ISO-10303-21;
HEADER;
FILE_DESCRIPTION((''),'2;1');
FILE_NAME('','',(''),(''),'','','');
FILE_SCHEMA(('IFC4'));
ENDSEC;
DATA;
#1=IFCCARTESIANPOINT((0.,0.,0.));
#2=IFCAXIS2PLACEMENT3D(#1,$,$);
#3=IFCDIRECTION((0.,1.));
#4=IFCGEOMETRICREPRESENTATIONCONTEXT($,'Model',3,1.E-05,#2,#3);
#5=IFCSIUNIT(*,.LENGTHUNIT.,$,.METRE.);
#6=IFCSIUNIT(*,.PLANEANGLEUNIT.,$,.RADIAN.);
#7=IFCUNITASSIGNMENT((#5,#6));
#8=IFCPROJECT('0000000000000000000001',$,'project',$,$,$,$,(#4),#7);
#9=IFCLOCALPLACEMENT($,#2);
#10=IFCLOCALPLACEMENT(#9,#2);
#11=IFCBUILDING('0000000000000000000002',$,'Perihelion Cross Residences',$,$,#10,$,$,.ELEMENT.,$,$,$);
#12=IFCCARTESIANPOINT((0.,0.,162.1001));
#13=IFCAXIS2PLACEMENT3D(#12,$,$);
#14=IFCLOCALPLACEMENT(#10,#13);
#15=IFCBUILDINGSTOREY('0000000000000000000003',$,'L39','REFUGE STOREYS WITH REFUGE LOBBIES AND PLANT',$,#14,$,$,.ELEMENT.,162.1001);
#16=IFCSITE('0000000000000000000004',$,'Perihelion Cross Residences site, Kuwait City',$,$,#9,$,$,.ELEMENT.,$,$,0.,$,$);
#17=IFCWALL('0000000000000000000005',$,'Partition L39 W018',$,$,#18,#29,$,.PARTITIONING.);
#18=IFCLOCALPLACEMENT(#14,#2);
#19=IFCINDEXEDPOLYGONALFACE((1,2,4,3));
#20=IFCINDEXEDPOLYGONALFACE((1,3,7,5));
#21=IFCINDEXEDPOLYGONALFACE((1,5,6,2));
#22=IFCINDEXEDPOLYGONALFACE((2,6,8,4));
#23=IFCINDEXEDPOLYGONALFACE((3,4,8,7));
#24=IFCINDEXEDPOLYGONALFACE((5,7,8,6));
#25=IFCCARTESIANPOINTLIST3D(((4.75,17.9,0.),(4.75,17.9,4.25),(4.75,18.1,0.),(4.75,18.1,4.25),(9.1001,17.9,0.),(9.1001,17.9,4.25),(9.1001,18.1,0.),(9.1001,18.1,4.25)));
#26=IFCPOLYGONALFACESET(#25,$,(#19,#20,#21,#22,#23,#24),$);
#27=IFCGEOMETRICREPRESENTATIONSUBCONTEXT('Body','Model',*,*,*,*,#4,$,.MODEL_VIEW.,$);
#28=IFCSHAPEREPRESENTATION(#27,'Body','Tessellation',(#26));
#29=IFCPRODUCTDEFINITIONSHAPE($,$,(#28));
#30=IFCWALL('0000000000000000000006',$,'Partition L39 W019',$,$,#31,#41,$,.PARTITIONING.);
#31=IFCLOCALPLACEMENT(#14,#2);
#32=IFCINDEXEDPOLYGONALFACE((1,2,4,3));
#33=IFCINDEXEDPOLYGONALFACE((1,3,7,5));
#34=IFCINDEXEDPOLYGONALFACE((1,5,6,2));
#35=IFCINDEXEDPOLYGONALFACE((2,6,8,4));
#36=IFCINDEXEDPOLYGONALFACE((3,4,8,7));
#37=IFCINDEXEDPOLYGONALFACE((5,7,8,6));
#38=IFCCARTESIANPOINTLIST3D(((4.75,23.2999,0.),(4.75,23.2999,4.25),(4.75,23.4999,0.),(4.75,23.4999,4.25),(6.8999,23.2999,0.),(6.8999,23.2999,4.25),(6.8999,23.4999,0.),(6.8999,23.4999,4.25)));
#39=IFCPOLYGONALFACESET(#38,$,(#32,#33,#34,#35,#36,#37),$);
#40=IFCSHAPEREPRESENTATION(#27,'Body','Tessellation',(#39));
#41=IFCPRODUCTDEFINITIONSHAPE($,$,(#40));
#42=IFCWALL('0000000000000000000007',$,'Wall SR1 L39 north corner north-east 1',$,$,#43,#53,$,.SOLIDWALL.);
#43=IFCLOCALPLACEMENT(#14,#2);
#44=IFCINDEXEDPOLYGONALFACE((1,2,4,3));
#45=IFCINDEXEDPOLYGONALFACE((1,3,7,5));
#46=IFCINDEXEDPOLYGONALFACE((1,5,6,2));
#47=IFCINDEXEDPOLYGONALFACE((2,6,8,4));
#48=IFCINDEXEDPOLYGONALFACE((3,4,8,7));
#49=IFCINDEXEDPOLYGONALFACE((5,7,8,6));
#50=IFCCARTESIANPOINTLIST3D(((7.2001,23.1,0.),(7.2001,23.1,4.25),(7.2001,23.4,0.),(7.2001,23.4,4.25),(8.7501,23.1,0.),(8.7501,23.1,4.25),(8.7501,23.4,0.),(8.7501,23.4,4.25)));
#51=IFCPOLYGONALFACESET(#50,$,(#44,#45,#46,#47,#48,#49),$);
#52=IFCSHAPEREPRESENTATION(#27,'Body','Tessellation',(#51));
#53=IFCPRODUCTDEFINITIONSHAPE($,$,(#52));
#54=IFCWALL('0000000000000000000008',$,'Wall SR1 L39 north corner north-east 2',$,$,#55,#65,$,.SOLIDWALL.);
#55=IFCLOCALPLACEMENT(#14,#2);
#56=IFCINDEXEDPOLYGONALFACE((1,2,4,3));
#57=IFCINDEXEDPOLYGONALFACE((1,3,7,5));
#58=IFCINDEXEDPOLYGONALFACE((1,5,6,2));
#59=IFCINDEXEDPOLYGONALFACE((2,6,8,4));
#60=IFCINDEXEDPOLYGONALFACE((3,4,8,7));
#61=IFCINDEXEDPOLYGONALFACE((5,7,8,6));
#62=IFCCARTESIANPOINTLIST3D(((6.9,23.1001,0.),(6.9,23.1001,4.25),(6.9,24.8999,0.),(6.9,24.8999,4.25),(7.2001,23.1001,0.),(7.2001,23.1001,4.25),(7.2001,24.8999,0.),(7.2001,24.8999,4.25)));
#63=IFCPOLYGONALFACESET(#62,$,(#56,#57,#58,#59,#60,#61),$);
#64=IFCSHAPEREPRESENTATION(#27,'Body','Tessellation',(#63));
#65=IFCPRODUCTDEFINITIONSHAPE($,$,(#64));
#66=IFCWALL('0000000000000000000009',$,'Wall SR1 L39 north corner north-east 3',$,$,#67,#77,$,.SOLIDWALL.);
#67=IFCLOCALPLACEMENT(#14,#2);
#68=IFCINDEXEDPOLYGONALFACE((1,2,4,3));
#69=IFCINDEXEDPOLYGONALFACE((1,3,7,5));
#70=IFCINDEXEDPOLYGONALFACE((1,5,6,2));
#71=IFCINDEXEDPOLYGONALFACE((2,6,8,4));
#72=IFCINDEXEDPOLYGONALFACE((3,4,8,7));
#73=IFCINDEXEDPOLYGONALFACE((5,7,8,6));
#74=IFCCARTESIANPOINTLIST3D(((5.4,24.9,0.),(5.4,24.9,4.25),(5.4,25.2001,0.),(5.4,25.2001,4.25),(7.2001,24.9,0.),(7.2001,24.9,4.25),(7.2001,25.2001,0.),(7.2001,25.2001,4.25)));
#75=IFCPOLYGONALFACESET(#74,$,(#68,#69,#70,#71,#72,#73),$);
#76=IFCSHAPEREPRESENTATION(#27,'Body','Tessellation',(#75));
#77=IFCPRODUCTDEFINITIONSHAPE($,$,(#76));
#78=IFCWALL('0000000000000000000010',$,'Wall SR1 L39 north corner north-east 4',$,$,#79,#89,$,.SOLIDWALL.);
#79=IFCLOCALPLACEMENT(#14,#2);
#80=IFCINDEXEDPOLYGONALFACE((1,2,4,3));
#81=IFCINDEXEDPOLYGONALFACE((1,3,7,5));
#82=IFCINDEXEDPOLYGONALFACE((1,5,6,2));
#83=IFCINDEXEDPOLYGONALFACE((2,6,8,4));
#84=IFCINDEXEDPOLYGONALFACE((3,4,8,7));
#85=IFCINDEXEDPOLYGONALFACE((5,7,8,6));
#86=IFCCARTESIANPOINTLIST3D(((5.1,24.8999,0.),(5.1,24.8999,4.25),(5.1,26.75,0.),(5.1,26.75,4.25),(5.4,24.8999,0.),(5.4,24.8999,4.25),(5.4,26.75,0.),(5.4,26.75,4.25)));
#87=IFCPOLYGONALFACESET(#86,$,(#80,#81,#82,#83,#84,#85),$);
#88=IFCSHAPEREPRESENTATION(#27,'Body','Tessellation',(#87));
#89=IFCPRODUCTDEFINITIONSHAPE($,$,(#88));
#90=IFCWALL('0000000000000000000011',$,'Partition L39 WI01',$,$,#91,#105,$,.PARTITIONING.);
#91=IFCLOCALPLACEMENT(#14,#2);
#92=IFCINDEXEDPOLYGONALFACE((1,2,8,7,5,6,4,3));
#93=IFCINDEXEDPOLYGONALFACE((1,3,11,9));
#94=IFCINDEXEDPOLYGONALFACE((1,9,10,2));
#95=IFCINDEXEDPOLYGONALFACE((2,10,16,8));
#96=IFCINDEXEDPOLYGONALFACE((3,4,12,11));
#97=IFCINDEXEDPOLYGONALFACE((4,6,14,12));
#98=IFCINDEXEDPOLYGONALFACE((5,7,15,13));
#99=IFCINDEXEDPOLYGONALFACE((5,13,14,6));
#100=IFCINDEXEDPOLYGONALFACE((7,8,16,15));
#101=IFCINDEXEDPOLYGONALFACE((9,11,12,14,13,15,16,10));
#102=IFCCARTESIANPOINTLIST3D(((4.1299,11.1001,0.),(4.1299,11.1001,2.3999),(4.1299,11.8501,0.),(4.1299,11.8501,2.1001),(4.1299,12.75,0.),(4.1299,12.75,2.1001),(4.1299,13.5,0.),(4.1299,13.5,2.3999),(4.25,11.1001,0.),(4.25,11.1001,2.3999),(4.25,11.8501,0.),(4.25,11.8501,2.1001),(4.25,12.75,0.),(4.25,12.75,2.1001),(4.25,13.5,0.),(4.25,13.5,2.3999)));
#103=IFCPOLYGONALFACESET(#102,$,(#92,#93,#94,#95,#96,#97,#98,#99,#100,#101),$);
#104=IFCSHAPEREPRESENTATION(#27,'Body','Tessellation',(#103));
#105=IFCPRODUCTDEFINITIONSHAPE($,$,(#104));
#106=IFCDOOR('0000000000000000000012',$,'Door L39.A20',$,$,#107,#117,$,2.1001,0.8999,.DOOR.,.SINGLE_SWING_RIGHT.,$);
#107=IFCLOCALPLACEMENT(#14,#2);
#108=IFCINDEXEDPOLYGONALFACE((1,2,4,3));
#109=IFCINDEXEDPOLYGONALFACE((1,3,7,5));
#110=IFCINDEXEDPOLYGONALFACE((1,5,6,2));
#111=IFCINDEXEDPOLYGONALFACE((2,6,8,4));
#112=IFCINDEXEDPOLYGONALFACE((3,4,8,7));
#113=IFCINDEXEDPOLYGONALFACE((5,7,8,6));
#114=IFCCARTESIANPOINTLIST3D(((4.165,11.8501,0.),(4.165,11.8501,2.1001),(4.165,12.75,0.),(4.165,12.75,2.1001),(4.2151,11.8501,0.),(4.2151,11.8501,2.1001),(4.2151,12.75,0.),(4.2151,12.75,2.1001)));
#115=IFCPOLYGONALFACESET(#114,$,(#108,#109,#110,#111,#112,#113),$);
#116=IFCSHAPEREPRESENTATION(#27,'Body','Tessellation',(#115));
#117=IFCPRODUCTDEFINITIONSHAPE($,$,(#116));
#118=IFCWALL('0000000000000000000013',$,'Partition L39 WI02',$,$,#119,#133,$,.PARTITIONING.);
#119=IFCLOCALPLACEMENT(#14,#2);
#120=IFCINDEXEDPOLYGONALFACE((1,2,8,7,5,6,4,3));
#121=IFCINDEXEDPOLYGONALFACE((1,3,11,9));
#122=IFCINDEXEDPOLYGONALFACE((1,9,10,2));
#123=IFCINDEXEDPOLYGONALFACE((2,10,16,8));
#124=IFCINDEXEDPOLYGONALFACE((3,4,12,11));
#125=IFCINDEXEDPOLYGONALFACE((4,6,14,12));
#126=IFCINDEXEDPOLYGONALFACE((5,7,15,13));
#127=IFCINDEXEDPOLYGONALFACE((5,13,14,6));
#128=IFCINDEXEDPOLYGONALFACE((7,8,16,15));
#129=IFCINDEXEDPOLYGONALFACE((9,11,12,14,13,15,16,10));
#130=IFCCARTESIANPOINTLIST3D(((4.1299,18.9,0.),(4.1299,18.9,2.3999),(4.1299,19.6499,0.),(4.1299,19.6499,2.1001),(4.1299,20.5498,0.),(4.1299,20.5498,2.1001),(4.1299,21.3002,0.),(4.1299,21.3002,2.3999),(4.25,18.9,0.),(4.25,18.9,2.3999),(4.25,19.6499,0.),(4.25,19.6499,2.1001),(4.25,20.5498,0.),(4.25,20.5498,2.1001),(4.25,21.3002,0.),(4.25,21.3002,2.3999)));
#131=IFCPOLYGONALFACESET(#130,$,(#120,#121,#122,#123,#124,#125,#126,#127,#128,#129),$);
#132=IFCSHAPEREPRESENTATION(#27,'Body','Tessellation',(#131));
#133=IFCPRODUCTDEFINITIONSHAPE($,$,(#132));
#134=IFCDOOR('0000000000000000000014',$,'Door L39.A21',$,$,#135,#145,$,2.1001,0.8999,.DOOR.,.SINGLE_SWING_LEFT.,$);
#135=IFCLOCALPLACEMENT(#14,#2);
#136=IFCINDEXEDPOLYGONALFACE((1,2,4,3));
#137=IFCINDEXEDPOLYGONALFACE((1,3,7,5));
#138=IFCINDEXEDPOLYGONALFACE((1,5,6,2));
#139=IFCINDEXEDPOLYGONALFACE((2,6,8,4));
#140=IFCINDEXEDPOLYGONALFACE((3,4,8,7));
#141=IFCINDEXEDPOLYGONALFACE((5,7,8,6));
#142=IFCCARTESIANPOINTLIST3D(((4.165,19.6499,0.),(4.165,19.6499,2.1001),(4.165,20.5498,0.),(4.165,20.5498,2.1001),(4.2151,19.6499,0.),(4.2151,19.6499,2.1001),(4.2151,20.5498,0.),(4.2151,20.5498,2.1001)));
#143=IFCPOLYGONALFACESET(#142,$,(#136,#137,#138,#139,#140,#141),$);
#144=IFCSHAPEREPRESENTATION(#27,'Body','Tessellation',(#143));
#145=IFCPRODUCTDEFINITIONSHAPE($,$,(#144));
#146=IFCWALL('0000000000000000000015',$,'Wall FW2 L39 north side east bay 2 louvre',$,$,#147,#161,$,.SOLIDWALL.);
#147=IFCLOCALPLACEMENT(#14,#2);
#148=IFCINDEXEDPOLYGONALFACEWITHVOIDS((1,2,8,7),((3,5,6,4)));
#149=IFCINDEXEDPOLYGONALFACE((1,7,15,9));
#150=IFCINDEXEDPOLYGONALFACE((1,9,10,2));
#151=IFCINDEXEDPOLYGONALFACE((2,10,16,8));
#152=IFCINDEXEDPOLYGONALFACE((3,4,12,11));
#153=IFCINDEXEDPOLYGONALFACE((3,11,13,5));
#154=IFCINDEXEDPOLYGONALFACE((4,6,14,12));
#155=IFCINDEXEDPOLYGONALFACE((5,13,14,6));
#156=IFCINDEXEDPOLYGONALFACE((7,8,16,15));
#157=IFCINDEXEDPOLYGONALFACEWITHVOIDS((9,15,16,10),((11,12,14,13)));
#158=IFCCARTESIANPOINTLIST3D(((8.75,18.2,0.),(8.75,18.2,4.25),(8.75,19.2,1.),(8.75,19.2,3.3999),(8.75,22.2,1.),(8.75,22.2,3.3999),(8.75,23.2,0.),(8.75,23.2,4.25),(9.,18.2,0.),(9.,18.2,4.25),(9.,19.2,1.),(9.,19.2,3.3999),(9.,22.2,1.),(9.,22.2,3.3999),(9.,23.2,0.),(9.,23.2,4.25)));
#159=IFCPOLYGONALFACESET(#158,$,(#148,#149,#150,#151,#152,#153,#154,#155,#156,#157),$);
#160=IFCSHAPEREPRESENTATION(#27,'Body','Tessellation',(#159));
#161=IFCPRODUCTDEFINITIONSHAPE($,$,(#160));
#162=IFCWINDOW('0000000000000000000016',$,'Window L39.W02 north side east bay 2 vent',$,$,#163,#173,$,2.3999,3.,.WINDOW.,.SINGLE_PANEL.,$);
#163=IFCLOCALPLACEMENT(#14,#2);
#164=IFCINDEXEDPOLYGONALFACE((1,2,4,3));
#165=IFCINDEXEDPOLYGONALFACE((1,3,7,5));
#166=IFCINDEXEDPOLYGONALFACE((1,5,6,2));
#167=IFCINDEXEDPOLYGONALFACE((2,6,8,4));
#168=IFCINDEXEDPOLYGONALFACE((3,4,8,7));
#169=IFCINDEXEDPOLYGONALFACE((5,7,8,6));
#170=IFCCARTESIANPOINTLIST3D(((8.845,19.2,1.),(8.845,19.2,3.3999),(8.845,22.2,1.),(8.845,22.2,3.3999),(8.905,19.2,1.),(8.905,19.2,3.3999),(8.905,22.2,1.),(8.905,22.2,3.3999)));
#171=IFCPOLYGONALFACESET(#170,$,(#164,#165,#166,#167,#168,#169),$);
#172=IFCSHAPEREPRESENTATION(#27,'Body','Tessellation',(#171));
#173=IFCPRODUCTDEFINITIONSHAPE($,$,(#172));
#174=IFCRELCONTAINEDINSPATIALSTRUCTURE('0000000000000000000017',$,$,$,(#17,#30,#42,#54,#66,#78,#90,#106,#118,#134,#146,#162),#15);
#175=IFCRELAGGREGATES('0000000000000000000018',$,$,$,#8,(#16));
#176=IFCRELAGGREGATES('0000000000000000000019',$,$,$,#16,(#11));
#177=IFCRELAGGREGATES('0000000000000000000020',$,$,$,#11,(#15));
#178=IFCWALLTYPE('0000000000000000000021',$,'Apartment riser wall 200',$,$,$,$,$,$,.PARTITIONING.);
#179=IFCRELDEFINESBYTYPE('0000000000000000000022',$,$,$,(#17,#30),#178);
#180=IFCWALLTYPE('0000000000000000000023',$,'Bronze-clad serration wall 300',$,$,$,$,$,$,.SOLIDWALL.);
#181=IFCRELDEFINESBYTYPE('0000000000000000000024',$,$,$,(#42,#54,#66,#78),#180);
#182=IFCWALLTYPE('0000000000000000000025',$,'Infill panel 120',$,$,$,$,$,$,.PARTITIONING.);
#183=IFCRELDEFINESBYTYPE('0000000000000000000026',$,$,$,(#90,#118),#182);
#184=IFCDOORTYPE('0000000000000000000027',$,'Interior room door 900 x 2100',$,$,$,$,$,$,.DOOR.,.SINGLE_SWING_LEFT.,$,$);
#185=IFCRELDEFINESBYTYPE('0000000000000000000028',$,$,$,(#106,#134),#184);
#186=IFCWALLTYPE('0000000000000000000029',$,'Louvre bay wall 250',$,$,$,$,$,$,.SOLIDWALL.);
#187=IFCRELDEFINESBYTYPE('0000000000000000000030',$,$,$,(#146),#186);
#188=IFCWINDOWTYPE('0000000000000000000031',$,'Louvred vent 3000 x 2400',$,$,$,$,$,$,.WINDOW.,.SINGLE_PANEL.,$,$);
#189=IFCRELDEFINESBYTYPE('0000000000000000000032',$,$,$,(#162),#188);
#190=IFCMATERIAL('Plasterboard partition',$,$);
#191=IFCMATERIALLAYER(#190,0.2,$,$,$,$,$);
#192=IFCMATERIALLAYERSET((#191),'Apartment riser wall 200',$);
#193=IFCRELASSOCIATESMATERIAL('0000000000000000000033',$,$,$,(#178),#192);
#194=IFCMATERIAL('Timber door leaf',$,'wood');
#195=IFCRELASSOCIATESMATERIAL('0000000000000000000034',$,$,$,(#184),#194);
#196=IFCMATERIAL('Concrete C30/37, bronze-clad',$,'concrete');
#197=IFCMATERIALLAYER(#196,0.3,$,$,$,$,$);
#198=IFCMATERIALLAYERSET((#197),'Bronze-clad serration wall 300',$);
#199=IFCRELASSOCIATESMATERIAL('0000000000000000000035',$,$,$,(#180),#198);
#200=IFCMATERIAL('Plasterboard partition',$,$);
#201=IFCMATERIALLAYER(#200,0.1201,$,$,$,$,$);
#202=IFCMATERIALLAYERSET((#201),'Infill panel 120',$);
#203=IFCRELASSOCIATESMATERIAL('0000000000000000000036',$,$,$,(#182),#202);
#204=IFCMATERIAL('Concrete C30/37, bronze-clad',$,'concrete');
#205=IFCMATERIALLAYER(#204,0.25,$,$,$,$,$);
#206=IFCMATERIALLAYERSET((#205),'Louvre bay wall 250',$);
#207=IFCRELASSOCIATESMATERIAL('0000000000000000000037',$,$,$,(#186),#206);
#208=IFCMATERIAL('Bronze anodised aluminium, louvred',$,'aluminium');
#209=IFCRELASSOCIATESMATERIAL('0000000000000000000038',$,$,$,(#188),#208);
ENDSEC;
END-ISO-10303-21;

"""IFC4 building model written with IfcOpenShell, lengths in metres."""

from ifc_helpers import new_model, si_unit, direction, frame, frame_2d, origin, place, context, subcontext, project, spatial, rectangle, extrude, material, layer, layer_set, type_object, element, fill, save


model = new_model("IFC4")

# Units and contexts
model_context = context("Model", 3, precision=1e-05, world=origin(), true_north=direction((0.0, 1.0)))
body_context = subcontext(model_context, "Body", "Model", "MODEL_VIEW")
ifc_project = project(units=[si_unit("LENGTHUNIT", "METRE"), si_unit("PLANEANGLEUNIT", "RADIAN")], contexts=[model_context])

# Site, building, storey
site_placement = place(None, origin())
site = spatial("IfcSite", under=ifc_project, at=site_placement, Name="Perihelion Cross Residences site, Kuwait City", CompositionType="ELEMENT", RefElevation=0.0)
building_placement = place(site_placement, origin())
building = spatial("IfcBuilding", under=site, at=building_placement, Name="Perihelion Cross Residences", CompositionType="ELEMENT")
storey_placement = place(building_placement, frame((0.0, 0.0, 162.1001)))
storey = spatial("IfcBuildingStorey", under=building, at=storey_placement, Name="L39", Description="REFUGE STOREYS WITH REFUGE LOBBIES AND PLANT", CompositionType="ELEMENT", Elevation=162.1001)

# Shared definitions
ifc_material_1 = material(Name="Plasterboard partition")
ifc_layer_1 = layer(ifc_material_1, 0.2)
ifc_layer_set_1 = layer_set([ifc_layer_1], Name="Apartment riser wall 200")
wall_type_1 = type_object("IfcWallType", Name="Apartment riser wall 200", PredefinedType="PARTITIONING", material=ifc_layer_set_1)
ifc_material_2 = material(Name="Timber door leaf", Category="wood")
door_type_1 = type_object("IfcDoorType", Name="Interior room door 900 x 2100", OperationType="SINGLE_SWING_LEFT", PredefinedType="DOOR", material=ifc_material_2)

# Walls
wall_1_placement = place(storey_placement, frame((4.75, 18.0, 0.0), z_axis=(0.0, 0.0, 1.0), x_axis=(1.0, 0.0, 0.0)))
element("IfcWall", 1, at=wall_1_placement, inside=storey, type_object=wall_type_1, Name="Partition L39 W018", PredefinedType="PARTITIONING", context=body_context, shape_type="SweptSolid", body=[
    extrude(rectangle(XDim=4.3501, YDim=0.2, at=frame_2d((2.175, 0.0))), origin(), (0.0, 0.0, 1.0), 4.25),
])
wall_2_placement = place(storey_placement, frame((4.75, 23.3999, 0.0), z_axis=(0.0, 0.0, 1.0), x_axis=(1.0, 0.0, 0.0)))
element("IfcWall", 2, at=wall_2_placement, inside=storey, type_object=wall_type_1, Name="Partition L39 W019", PredefinedType="PARTITIONING", context=body_context, shape_type="SweptSolid", body=[
    extrude(rectangle(XDim=2.1499, YDim=0.2, at=frame_2d((1.075, 0.0))), origin(), (0.0, 0.0, 1.0), 4.25),
])
ifc_material_3 = material(Name="Concrete C30/37, bronze-clad", Category="concrete")
ifc_layer_2 = layer(ifc_material_3, 0.3)
ifc_layer_set_2 = layer_set([ifc_layer_2], Name="Bronze-clad serration wall 300")
wall_type_2 = type_object("IfcWallType", Name="Bronze-clad serration wall 300", PredefinedType="SOLIDWALL", material=ifc_layer_set_2)
wall_3_placement = place(storey_placement, frame((8.75, 23.25, 0.0), z_axis=(0.0, 0.0, 1.0), x_axis=(-1.0, 0.0, 0.0)))
element("IfcWall", 3, at=wall_3_placement, inside=storey, type_object=wall_type_2, Name="Wall SR1 L39 north corner north-east 1", PredefinedType="SOLIDWALL", context=body_context, shape_type="SweptSolid", body=[
    extrude(rectangle(XDim=1.55, YDim=0.3, at=frame_2d((0.7749, 0.0))), origin(), (0.0, 0.0, 1.0), 4.25),
])
wall_4_placement = place(storey_placement, frame((7.05, 23.1001, 0.0), z_axis=(0.0, 0.0, 1.0), x_axis=(0.0, 1.0, 0.0)))
element("IfcWall", 4, at=wall_4_placement, inside=storey, type_object=wall_type_2, Name="Wall SR1 L39 north corner north-east 2", PredefinedType="SOLIDWALL", context=body_context, shape_type="SweptSolid", body=[
    extrude(rectangle(XDim=1.7998, YDim=0.3, at=frame_2d((0.8999, 0.0))), origin(), (0.0, 0.0, 1.0), 4.25),
])
wall_5_placement = place(storey_placement, frame((7.2, 25.05, 0.0), z_axis=(0.0, 0.0, 1.0), x_axis=(-1.0, 0.0, 0.0)))
element("IfcWall", 5, at=wall_5_placement, inside=storey, type_object=wall_type_2, Name="Wall SR1 L39 north corner north-east 3", PredefinedType="SOLIDWALL", context=body_context, shape_type="SweptSolid", body=[
    extrude(rectangle(XDim=1.8, YDim=0.3, at=frame_2d((0.8999, 0.0))), origin(), (0.0, 0.0, 1.0), 4.25),
])
wall_6_placement = place(storey_placement, frame((5.25, 24.8999, 0.0), z_axis=(0.0, 0.0, 1.0), x_axis=(0.0, 1.0, 0.0)))
element("IfcWall", 6, at=wall_6_placement, inside=storey, type_object=wall_type_2, Name="Wall SR1 L39 north corner north-east 4", PredefinedType="SOLIDWALL", context=body_context, shape_type="SweptSolid", body=[
    extrude(rectangle(XDim=1.8501, YDim=0.3, at=frame_2d((0.925, 0.0))), origin(), (0.0, 0.0, 1.0), 4.25),
])

# Walls, openings, doors
ifc_material_4 = material(Name="Plasterboard partition")
ifc_layer_3 = layer(ifc_material_4, 0.1201)
ifc_layer_set_3 = layer_set([ifc_layer_3], Name="Infill panel 120")
wall_type_3 = type_object("IfcWallType", Name="Infill panel 120", PredefinedType="PARTITIONING", material=ifc_layer_set_3)
wall_7_placement = place(storey_placement, frame((4.1899, 11.1001, 0.0), z_axis=(0.0, 0.0, 1.0), x_axis=(0.0, 1.0, 0.0)))
wall_7 = element("IfcWall", 7, at=wall_7_placement, inside=storey, type_object=wall_type_3, Name="Partition L39 WI01", PredefinedType="PARTITIONING", context=body_context, shape_type="SweptSolid", body=[
    extrude(rectangle(XDim=2.3999, YDim=0.1201, at=frame_2d((1.2, 0.0))), origin(), (0.0, 0.0, 1.0), 2.3999),
])
opening_1_placement = place(wall_7_placement, frame((0.75, 0.0, 0.0)))
opening_1 = element("IfcOpeningElement", 8, at=opening_1_placement, cuts=wall_7, PredefinedType="OPENING", context=body_context, shape_type="SweptSolid", body=[
    extrude(rectangle(XDim=0.8999, YDim=2.1001, at=frame_2d((0.45, 1.05))), frame((0.0, 0.0701, 0.0), z_axis=(0.0, -1.0, 0.0), x_axis=(1.0, 0.0, 0.0)), (0.0, 0.0, 1.0), 0.1401),
])
door_1_placement = place(opening_1_placement, origin())
door_1 = element("IfcDoor", 9, at=door_1_placement, inside=storey, type_object=door_type_1, Name="Door L39.A20", OperationType="SINGLE_SWING_RIGHT", OverallHeight=2.1001, OverallWidth=0.8999, PredefinedType="DOOR", context=body_context, shape_type="SweptSolid", body=[
    extrude(rectangle(XDim=0.8999, YDim=2.1001, at=frame_2d((0.45, 1.05))), frame((0.0, 0.0249, 0.0), z_axis=(0.0, -1.0, 0.0), x_axis=(1.0, 0.0, 0.0)), (0.0, 0.0, 1.0), 0.05),
])
fill(opening_1, door_1)
wall_8_placement = place(storey_placement, frame((4.1899, 18.8999, 0.0), z_axis=(0.0, 0.0, 1.0), x_axis=(0.0, 1.0, 0.0)))
wall_8 = element("IfcWall", 10, at=wall_8_placement, inside=storey, type_object=wall_type_3, Name="Partition L39 WI02", PredefinedType="PARTITIONING", context=body_context, shape_type="SweptSolid", body=[
    extrude(rectangle(XDim=2.4001, YDim=0.1201, at=frame_2d((1.2002, 0.0))), origin(), (0.0, 0.0, 1.0), 2.3999),
])
opening_2_placement = place(wall_8_placement, frame((0.75, 0.0, 0.0)))
opening_2 = element("IfcOpeningElement", 11, at=opening_2_placement, cuts=wall_8, PredefinedType="OPENING", context=body_context, shape_type="SweptSolid", body=[
    extrude(rectangle(XDim=0.8999, YDim=2.1001, at=frame_2d((0.45, 1.05))), frame((0.0, 0.0701, 0.0), z_axis=(0.0, -1.0, 0.0), x_axis=(1.0, 0.0, 0.0)), (0.0, 0.0, 1.0), 0.1401),
])
door_2_placement = place(opening_2_placement, origin())
door_2 = element("IfcDoor", 12, at=door_2_placement, inside=storey, type_object=door_type_1, Name="Door L39.A21", OperationType="SINGLE_SWING_LEFT", OverallHeight=2.1001, OverallWidth=0.8999, PredefinedType="DOOR", context=body_context, shape_type="SweptSolid", body=[
    extrude(rectangle(XDim=0.8999, YDim=2.1001, at=frame_2d((0.45, 1.05))), frame((0.0, 0.0249, 0.0), z_axis=(0.0, -1.0, 0.0), x_axis=(1.0, 0.0, 0.0)), (0.0, 0.0, 1.0), 0.05),
])
fill(opening_2, door_2)

# Wall, opening, window
ifc_material_5 = material(Name="Concrete C30/37, bronze-clad", Category="concrete")
ifc_layer_4 = layer(ifc_material_5, 0.25)
ifc_layer_set_4 = layer_set([ifc_layer_4], Name="Louvre bay wall 250")
wall_type_4 = type_object("IfcWallType", Name="Louvre bay wall 250", PredefinedType="SOLIDWALL", material=ifc_layer_set_4)
wall_9_placement = place(storey_placement, frame((8.875, 18.2, 0.0), z_axis=(0.0, 0.0, 1.0), x_axis=(0.0, 1.0, 0.0)))
wall_9 = element("IfcWall", 13, at=wall_9_placement, inside=storey, type_object=wall_type_4, Name="Wall FW2 L39 north side east bay 2 louvre", PredefinedType="SOLIDWALL", context=body_context, shape_type="SweptSolid", body=[
    extrude(rectangle(XDim=5.0, YDim=0.25, at=frame_2d((2.5, 0.0))), origin(), (0.0, 0.0, 1.0), 4.25),
])
opening_3_placement = place(wall_9_placement, frame((1.0, 0.0, 1.0)))
opening_3 = element("IfcOpeningElement", 14, at=opening_3_placement, cuts=wall_9, PredefinedType="OPENING", context=body_context, shape_type="SweptSolid", body=[
    extrude(rectangle(XDim=3.0, YDim=2.3999, at=frame_2d((1.5, 1.2))), frame((0.0, 0.135, 0.0), z_axis=(0.0, -1.0, 0.0), x_axis=(1.0, 0.0, 0.0)), (0.0, 0.0, 1.0), 0.27),
])
ifc_material_6 = material(Name="Bronze anodised aluminium, louvred", Category="aluminium")
window_type = type_object("IfcWindowType", Name="Louvred vent 3000 x 2400", PartitioningType="SINGLE_PANEL", PredefinedType="WINDOW", material=ifc_material_6)
window_1_placement = place(opening_3_placement, origin())
window_1 = element("IfcWindow", 15, at=window_1_placement, inside=storey, type_object=window_type, Name="Window L39.W02 north side east bay 2 vent", OverallHeight=2.3999, OverallWidth=3.0, PartitioningType="SINGLE_PANEL", PredefinedType="WINDOW", context=body_context, shape_type="SweptSolid", body=[
    extrude(rectangle(XDim=3.0, YDim=2.3999, at=frame_2d((1.5, 1.2))), frame((0.0, 0.03, 0.0), z_axis=(0.0, -1.0, 0.0), x_axis=(1.0, 0.0, 0.0)), (0.0, 0.0, 1.0), 0.0601),
])
fill(opening_3, window_1)

save(model, "model.ifc")
